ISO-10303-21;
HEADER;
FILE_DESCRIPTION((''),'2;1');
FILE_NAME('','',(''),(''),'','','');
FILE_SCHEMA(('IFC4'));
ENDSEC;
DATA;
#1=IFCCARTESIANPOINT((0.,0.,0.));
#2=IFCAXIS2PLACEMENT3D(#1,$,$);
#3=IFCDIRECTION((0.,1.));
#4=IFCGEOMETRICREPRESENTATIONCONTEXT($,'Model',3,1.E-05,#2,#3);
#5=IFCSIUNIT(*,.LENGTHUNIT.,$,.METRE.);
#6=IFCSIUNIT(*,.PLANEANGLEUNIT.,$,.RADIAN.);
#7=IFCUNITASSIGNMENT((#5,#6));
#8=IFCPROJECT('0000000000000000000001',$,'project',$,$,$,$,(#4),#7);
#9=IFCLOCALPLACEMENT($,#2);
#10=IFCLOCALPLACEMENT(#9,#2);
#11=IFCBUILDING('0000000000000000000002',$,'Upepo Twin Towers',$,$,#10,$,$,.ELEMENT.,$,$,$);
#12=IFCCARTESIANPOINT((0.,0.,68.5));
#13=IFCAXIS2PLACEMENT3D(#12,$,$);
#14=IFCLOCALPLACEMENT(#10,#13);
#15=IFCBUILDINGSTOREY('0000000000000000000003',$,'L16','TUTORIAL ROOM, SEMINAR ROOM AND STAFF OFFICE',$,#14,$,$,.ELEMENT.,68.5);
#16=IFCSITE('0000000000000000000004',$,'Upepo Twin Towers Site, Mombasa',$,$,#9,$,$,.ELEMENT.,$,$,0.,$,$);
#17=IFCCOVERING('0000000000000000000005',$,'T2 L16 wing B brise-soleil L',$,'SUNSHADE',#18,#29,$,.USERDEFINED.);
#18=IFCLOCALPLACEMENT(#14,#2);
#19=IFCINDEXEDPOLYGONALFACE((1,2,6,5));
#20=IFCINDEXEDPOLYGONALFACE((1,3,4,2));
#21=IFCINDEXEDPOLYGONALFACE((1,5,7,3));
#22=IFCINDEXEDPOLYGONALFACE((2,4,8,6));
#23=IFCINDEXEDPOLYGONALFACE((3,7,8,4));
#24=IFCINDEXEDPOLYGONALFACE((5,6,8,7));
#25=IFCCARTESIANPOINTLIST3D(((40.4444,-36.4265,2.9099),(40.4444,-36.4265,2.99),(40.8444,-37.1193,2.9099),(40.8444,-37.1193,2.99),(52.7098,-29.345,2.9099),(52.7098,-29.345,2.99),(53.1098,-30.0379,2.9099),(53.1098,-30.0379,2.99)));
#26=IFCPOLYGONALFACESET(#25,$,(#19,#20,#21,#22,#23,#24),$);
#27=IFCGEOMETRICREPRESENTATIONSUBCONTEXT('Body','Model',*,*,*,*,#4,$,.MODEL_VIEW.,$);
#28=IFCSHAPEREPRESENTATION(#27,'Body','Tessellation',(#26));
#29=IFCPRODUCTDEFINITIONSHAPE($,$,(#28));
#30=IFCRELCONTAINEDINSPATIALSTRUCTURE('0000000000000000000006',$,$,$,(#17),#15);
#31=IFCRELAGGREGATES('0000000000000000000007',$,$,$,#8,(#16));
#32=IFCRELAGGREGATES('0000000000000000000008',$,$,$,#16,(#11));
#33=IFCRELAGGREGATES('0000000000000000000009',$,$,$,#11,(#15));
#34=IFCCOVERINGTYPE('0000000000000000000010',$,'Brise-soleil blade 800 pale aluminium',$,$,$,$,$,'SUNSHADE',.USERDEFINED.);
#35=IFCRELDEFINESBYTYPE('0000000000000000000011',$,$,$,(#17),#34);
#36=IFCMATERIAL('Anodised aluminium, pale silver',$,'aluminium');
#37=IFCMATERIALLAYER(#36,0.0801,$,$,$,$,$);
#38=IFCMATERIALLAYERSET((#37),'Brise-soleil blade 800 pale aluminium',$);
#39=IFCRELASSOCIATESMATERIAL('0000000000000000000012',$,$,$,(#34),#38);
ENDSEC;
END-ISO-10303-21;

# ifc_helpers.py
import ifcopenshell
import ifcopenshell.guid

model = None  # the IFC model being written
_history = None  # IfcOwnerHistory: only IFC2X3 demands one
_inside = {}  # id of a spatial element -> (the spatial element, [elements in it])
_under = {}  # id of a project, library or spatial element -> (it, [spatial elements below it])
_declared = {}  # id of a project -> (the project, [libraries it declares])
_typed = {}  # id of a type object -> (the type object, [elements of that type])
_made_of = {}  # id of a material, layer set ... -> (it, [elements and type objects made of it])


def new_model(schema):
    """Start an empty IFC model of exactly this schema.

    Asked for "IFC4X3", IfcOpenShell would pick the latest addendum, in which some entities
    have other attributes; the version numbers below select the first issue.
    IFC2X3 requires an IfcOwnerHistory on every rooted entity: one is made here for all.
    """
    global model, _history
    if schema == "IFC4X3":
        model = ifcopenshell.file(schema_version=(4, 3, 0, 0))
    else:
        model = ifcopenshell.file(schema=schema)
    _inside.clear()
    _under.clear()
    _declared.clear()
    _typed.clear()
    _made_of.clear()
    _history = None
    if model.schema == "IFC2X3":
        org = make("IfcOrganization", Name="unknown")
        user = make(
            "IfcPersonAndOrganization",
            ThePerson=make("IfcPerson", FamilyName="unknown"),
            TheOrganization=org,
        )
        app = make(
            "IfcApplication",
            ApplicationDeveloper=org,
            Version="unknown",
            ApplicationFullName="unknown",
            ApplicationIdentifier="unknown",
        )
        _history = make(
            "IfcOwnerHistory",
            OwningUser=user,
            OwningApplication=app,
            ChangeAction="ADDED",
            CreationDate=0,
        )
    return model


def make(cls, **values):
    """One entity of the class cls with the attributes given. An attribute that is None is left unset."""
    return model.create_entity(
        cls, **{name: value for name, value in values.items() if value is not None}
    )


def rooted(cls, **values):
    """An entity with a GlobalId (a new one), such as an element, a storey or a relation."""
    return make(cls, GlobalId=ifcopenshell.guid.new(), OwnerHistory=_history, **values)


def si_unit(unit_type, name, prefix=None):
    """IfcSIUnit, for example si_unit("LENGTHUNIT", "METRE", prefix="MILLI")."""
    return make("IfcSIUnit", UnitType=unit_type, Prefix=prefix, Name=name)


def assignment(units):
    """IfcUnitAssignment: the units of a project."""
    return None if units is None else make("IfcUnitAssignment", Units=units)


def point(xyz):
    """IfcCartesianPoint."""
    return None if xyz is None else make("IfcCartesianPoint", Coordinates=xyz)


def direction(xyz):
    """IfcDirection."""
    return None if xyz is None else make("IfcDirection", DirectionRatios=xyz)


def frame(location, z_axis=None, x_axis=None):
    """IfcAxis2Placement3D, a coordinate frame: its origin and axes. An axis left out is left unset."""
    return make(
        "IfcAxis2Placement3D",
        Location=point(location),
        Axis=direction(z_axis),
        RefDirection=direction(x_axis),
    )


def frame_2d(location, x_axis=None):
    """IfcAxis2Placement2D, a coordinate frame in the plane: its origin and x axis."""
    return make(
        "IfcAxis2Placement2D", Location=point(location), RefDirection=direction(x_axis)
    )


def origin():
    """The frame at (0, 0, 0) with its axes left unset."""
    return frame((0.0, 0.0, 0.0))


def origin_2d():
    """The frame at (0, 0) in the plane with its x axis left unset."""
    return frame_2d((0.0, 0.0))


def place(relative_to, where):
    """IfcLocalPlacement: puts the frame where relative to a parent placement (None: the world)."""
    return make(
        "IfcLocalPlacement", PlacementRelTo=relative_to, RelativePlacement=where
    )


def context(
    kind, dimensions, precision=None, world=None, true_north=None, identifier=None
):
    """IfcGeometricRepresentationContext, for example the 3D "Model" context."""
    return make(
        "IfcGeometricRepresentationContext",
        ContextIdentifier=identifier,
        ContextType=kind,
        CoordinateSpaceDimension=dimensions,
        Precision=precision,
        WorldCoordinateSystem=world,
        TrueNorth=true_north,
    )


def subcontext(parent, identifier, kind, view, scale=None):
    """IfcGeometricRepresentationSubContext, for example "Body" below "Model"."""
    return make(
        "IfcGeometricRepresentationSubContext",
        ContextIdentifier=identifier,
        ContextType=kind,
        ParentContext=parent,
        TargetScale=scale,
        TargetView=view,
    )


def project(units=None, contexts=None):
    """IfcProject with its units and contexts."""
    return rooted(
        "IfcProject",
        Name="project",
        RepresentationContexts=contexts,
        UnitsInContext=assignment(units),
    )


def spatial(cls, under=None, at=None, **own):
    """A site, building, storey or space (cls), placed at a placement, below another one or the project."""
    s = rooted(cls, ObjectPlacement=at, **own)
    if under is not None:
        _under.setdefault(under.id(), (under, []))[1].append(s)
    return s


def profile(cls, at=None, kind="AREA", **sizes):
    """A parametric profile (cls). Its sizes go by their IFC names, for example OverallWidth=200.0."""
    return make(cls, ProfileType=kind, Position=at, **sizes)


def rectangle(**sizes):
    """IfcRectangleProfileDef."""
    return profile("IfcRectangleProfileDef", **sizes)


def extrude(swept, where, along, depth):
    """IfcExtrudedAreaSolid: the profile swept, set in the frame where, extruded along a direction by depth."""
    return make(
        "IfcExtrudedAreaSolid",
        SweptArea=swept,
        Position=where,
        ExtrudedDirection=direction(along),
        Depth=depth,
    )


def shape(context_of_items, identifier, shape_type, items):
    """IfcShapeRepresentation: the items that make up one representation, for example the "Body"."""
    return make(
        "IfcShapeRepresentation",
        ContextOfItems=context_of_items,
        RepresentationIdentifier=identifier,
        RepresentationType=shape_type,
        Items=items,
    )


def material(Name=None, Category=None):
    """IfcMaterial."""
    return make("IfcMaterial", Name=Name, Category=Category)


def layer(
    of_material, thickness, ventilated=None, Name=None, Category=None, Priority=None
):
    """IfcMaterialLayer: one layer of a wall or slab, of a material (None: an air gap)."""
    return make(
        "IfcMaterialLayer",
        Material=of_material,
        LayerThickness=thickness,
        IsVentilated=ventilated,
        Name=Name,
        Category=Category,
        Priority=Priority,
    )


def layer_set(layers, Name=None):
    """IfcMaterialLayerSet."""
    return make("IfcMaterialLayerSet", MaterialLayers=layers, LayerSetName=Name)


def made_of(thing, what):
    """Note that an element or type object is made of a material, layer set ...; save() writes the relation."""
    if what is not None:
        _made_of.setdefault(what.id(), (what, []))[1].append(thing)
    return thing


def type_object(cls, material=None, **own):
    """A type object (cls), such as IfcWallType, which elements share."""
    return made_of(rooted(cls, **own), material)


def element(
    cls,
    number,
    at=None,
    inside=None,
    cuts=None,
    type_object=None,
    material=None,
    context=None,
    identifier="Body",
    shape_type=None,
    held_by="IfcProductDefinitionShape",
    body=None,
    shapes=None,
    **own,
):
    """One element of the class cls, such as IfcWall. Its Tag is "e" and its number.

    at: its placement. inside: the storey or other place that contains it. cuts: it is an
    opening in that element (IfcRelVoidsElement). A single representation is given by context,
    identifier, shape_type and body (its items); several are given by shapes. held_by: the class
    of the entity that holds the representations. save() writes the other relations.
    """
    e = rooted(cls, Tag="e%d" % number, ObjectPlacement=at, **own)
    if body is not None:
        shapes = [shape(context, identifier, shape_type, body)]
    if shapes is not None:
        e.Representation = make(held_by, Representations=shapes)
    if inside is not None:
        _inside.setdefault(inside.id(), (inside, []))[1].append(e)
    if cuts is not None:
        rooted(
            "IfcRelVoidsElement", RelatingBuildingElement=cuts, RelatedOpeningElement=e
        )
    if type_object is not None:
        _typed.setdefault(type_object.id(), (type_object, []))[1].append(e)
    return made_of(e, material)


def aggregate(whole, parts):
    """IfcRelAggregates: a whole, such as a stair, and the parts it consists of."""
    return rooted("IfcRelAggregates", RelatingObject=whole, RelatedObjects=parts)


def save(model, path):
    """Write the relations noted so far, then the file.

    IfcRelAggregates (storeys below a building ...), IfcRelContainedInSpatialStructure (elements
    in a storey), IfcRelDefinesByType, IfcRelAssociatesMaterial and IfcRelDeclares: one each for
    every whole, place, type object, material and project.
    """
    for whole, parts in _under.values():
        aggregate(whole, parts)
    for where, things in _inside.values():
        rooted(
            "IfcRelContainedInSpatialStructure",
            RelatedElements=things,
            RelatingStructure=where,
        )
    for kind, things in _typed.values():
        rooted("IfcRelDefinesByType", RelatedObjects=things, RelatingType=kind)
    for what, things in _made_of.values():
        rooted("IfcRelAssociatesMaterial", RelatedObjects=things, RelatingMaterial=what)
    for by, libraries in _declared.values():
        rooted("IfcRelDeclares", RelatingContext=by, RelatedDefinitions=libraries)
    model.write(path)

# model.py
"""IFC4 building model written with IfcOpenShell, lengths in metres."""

from ifc_helpers import new_model, si_unit, direction, frame, origin, origin_2d, place, context, subcontext, project, spatial, rectangle, extrude, material, layer, layer_set, type_object, element, save


model = new_model("IFC4")

# Units and contexts
model_context = context("Model", 3, precision=1e-05, world=origin(), true_north=direction((0.0, 1.0)))
body_context = subcontext(model_context, "Body", "Model", "MODEL_VIEW")
ifc_project = project(units=[si_unit("LENGTHUNIT", "METRE"), si_unit("PLANEANGLEUNIT", "RADIAN")], contexts=[model_context])

# Site, building, storey
site_placement = place(None, origin())
site = spatial("IfcSite", under=ifc_project, at=site_placement, Name="Upepo Twin Towers Site, Mombasa", CompositionType="ELEMENT", RefElevation=0.0)
building_placement = place(site_placement, origin())
building = spatial("IfcBuilding", under=site, at=building_placement, Name="Upepo Twin Towers", CompositionType="ELEMENT")
storey_placement = place(building_placement, frame((0.0, 0.0, 68.5)))
storey = spatial("IfcBuildingStorey", under=building, at=storey_placement, Name="L16", Description="TUTORIAL ROOM, SEMINAR ROOM AND STAFF OFFICE", CompositionType="ELEMENT", Elevation=68.5)

# Covering
ifc_material_1 = material(Name="Anodised aluminium, pale silver", Category="aluminium")
ifc_layer_1 = layer(ifc_material_1, 0.0801)
ifc_layer_set_1 = layer_set([ifc_layer_1], Name="Brise-soleil blade 800 pale aluminium")
covering_type = type_object("IfcCoveringType", Name="Brise-soleil blade 800 pale aluminium", ElementType="SUNSHADE", PredefinedType="USERDEFINED", material=ifc_layer_set_1)
covering_placement = place(storey_placement, frame((46.7771, -33.2322, 2.9099), z_axis=(0.0, 0.0, 1.0), x_axis=(-0.866025, -0.5, 0.0)))
element("IfcCovering", 1, at=covering_placement, inside=storey, type_object=covering_type, Name="T2 L16 wing B brise-soleil L", ObjectType="SUNSHADE", PredefinedType="USERDEFINED", context=body_context, shape_type="SweptSolid", body=[
    extrude(rectangle(XDim=14.1628, YDim=0.8, at=origin_2d()), origin(), (0.0, 0.0, 1.0), 0.0801),
])

save(model, "model.ifc")
